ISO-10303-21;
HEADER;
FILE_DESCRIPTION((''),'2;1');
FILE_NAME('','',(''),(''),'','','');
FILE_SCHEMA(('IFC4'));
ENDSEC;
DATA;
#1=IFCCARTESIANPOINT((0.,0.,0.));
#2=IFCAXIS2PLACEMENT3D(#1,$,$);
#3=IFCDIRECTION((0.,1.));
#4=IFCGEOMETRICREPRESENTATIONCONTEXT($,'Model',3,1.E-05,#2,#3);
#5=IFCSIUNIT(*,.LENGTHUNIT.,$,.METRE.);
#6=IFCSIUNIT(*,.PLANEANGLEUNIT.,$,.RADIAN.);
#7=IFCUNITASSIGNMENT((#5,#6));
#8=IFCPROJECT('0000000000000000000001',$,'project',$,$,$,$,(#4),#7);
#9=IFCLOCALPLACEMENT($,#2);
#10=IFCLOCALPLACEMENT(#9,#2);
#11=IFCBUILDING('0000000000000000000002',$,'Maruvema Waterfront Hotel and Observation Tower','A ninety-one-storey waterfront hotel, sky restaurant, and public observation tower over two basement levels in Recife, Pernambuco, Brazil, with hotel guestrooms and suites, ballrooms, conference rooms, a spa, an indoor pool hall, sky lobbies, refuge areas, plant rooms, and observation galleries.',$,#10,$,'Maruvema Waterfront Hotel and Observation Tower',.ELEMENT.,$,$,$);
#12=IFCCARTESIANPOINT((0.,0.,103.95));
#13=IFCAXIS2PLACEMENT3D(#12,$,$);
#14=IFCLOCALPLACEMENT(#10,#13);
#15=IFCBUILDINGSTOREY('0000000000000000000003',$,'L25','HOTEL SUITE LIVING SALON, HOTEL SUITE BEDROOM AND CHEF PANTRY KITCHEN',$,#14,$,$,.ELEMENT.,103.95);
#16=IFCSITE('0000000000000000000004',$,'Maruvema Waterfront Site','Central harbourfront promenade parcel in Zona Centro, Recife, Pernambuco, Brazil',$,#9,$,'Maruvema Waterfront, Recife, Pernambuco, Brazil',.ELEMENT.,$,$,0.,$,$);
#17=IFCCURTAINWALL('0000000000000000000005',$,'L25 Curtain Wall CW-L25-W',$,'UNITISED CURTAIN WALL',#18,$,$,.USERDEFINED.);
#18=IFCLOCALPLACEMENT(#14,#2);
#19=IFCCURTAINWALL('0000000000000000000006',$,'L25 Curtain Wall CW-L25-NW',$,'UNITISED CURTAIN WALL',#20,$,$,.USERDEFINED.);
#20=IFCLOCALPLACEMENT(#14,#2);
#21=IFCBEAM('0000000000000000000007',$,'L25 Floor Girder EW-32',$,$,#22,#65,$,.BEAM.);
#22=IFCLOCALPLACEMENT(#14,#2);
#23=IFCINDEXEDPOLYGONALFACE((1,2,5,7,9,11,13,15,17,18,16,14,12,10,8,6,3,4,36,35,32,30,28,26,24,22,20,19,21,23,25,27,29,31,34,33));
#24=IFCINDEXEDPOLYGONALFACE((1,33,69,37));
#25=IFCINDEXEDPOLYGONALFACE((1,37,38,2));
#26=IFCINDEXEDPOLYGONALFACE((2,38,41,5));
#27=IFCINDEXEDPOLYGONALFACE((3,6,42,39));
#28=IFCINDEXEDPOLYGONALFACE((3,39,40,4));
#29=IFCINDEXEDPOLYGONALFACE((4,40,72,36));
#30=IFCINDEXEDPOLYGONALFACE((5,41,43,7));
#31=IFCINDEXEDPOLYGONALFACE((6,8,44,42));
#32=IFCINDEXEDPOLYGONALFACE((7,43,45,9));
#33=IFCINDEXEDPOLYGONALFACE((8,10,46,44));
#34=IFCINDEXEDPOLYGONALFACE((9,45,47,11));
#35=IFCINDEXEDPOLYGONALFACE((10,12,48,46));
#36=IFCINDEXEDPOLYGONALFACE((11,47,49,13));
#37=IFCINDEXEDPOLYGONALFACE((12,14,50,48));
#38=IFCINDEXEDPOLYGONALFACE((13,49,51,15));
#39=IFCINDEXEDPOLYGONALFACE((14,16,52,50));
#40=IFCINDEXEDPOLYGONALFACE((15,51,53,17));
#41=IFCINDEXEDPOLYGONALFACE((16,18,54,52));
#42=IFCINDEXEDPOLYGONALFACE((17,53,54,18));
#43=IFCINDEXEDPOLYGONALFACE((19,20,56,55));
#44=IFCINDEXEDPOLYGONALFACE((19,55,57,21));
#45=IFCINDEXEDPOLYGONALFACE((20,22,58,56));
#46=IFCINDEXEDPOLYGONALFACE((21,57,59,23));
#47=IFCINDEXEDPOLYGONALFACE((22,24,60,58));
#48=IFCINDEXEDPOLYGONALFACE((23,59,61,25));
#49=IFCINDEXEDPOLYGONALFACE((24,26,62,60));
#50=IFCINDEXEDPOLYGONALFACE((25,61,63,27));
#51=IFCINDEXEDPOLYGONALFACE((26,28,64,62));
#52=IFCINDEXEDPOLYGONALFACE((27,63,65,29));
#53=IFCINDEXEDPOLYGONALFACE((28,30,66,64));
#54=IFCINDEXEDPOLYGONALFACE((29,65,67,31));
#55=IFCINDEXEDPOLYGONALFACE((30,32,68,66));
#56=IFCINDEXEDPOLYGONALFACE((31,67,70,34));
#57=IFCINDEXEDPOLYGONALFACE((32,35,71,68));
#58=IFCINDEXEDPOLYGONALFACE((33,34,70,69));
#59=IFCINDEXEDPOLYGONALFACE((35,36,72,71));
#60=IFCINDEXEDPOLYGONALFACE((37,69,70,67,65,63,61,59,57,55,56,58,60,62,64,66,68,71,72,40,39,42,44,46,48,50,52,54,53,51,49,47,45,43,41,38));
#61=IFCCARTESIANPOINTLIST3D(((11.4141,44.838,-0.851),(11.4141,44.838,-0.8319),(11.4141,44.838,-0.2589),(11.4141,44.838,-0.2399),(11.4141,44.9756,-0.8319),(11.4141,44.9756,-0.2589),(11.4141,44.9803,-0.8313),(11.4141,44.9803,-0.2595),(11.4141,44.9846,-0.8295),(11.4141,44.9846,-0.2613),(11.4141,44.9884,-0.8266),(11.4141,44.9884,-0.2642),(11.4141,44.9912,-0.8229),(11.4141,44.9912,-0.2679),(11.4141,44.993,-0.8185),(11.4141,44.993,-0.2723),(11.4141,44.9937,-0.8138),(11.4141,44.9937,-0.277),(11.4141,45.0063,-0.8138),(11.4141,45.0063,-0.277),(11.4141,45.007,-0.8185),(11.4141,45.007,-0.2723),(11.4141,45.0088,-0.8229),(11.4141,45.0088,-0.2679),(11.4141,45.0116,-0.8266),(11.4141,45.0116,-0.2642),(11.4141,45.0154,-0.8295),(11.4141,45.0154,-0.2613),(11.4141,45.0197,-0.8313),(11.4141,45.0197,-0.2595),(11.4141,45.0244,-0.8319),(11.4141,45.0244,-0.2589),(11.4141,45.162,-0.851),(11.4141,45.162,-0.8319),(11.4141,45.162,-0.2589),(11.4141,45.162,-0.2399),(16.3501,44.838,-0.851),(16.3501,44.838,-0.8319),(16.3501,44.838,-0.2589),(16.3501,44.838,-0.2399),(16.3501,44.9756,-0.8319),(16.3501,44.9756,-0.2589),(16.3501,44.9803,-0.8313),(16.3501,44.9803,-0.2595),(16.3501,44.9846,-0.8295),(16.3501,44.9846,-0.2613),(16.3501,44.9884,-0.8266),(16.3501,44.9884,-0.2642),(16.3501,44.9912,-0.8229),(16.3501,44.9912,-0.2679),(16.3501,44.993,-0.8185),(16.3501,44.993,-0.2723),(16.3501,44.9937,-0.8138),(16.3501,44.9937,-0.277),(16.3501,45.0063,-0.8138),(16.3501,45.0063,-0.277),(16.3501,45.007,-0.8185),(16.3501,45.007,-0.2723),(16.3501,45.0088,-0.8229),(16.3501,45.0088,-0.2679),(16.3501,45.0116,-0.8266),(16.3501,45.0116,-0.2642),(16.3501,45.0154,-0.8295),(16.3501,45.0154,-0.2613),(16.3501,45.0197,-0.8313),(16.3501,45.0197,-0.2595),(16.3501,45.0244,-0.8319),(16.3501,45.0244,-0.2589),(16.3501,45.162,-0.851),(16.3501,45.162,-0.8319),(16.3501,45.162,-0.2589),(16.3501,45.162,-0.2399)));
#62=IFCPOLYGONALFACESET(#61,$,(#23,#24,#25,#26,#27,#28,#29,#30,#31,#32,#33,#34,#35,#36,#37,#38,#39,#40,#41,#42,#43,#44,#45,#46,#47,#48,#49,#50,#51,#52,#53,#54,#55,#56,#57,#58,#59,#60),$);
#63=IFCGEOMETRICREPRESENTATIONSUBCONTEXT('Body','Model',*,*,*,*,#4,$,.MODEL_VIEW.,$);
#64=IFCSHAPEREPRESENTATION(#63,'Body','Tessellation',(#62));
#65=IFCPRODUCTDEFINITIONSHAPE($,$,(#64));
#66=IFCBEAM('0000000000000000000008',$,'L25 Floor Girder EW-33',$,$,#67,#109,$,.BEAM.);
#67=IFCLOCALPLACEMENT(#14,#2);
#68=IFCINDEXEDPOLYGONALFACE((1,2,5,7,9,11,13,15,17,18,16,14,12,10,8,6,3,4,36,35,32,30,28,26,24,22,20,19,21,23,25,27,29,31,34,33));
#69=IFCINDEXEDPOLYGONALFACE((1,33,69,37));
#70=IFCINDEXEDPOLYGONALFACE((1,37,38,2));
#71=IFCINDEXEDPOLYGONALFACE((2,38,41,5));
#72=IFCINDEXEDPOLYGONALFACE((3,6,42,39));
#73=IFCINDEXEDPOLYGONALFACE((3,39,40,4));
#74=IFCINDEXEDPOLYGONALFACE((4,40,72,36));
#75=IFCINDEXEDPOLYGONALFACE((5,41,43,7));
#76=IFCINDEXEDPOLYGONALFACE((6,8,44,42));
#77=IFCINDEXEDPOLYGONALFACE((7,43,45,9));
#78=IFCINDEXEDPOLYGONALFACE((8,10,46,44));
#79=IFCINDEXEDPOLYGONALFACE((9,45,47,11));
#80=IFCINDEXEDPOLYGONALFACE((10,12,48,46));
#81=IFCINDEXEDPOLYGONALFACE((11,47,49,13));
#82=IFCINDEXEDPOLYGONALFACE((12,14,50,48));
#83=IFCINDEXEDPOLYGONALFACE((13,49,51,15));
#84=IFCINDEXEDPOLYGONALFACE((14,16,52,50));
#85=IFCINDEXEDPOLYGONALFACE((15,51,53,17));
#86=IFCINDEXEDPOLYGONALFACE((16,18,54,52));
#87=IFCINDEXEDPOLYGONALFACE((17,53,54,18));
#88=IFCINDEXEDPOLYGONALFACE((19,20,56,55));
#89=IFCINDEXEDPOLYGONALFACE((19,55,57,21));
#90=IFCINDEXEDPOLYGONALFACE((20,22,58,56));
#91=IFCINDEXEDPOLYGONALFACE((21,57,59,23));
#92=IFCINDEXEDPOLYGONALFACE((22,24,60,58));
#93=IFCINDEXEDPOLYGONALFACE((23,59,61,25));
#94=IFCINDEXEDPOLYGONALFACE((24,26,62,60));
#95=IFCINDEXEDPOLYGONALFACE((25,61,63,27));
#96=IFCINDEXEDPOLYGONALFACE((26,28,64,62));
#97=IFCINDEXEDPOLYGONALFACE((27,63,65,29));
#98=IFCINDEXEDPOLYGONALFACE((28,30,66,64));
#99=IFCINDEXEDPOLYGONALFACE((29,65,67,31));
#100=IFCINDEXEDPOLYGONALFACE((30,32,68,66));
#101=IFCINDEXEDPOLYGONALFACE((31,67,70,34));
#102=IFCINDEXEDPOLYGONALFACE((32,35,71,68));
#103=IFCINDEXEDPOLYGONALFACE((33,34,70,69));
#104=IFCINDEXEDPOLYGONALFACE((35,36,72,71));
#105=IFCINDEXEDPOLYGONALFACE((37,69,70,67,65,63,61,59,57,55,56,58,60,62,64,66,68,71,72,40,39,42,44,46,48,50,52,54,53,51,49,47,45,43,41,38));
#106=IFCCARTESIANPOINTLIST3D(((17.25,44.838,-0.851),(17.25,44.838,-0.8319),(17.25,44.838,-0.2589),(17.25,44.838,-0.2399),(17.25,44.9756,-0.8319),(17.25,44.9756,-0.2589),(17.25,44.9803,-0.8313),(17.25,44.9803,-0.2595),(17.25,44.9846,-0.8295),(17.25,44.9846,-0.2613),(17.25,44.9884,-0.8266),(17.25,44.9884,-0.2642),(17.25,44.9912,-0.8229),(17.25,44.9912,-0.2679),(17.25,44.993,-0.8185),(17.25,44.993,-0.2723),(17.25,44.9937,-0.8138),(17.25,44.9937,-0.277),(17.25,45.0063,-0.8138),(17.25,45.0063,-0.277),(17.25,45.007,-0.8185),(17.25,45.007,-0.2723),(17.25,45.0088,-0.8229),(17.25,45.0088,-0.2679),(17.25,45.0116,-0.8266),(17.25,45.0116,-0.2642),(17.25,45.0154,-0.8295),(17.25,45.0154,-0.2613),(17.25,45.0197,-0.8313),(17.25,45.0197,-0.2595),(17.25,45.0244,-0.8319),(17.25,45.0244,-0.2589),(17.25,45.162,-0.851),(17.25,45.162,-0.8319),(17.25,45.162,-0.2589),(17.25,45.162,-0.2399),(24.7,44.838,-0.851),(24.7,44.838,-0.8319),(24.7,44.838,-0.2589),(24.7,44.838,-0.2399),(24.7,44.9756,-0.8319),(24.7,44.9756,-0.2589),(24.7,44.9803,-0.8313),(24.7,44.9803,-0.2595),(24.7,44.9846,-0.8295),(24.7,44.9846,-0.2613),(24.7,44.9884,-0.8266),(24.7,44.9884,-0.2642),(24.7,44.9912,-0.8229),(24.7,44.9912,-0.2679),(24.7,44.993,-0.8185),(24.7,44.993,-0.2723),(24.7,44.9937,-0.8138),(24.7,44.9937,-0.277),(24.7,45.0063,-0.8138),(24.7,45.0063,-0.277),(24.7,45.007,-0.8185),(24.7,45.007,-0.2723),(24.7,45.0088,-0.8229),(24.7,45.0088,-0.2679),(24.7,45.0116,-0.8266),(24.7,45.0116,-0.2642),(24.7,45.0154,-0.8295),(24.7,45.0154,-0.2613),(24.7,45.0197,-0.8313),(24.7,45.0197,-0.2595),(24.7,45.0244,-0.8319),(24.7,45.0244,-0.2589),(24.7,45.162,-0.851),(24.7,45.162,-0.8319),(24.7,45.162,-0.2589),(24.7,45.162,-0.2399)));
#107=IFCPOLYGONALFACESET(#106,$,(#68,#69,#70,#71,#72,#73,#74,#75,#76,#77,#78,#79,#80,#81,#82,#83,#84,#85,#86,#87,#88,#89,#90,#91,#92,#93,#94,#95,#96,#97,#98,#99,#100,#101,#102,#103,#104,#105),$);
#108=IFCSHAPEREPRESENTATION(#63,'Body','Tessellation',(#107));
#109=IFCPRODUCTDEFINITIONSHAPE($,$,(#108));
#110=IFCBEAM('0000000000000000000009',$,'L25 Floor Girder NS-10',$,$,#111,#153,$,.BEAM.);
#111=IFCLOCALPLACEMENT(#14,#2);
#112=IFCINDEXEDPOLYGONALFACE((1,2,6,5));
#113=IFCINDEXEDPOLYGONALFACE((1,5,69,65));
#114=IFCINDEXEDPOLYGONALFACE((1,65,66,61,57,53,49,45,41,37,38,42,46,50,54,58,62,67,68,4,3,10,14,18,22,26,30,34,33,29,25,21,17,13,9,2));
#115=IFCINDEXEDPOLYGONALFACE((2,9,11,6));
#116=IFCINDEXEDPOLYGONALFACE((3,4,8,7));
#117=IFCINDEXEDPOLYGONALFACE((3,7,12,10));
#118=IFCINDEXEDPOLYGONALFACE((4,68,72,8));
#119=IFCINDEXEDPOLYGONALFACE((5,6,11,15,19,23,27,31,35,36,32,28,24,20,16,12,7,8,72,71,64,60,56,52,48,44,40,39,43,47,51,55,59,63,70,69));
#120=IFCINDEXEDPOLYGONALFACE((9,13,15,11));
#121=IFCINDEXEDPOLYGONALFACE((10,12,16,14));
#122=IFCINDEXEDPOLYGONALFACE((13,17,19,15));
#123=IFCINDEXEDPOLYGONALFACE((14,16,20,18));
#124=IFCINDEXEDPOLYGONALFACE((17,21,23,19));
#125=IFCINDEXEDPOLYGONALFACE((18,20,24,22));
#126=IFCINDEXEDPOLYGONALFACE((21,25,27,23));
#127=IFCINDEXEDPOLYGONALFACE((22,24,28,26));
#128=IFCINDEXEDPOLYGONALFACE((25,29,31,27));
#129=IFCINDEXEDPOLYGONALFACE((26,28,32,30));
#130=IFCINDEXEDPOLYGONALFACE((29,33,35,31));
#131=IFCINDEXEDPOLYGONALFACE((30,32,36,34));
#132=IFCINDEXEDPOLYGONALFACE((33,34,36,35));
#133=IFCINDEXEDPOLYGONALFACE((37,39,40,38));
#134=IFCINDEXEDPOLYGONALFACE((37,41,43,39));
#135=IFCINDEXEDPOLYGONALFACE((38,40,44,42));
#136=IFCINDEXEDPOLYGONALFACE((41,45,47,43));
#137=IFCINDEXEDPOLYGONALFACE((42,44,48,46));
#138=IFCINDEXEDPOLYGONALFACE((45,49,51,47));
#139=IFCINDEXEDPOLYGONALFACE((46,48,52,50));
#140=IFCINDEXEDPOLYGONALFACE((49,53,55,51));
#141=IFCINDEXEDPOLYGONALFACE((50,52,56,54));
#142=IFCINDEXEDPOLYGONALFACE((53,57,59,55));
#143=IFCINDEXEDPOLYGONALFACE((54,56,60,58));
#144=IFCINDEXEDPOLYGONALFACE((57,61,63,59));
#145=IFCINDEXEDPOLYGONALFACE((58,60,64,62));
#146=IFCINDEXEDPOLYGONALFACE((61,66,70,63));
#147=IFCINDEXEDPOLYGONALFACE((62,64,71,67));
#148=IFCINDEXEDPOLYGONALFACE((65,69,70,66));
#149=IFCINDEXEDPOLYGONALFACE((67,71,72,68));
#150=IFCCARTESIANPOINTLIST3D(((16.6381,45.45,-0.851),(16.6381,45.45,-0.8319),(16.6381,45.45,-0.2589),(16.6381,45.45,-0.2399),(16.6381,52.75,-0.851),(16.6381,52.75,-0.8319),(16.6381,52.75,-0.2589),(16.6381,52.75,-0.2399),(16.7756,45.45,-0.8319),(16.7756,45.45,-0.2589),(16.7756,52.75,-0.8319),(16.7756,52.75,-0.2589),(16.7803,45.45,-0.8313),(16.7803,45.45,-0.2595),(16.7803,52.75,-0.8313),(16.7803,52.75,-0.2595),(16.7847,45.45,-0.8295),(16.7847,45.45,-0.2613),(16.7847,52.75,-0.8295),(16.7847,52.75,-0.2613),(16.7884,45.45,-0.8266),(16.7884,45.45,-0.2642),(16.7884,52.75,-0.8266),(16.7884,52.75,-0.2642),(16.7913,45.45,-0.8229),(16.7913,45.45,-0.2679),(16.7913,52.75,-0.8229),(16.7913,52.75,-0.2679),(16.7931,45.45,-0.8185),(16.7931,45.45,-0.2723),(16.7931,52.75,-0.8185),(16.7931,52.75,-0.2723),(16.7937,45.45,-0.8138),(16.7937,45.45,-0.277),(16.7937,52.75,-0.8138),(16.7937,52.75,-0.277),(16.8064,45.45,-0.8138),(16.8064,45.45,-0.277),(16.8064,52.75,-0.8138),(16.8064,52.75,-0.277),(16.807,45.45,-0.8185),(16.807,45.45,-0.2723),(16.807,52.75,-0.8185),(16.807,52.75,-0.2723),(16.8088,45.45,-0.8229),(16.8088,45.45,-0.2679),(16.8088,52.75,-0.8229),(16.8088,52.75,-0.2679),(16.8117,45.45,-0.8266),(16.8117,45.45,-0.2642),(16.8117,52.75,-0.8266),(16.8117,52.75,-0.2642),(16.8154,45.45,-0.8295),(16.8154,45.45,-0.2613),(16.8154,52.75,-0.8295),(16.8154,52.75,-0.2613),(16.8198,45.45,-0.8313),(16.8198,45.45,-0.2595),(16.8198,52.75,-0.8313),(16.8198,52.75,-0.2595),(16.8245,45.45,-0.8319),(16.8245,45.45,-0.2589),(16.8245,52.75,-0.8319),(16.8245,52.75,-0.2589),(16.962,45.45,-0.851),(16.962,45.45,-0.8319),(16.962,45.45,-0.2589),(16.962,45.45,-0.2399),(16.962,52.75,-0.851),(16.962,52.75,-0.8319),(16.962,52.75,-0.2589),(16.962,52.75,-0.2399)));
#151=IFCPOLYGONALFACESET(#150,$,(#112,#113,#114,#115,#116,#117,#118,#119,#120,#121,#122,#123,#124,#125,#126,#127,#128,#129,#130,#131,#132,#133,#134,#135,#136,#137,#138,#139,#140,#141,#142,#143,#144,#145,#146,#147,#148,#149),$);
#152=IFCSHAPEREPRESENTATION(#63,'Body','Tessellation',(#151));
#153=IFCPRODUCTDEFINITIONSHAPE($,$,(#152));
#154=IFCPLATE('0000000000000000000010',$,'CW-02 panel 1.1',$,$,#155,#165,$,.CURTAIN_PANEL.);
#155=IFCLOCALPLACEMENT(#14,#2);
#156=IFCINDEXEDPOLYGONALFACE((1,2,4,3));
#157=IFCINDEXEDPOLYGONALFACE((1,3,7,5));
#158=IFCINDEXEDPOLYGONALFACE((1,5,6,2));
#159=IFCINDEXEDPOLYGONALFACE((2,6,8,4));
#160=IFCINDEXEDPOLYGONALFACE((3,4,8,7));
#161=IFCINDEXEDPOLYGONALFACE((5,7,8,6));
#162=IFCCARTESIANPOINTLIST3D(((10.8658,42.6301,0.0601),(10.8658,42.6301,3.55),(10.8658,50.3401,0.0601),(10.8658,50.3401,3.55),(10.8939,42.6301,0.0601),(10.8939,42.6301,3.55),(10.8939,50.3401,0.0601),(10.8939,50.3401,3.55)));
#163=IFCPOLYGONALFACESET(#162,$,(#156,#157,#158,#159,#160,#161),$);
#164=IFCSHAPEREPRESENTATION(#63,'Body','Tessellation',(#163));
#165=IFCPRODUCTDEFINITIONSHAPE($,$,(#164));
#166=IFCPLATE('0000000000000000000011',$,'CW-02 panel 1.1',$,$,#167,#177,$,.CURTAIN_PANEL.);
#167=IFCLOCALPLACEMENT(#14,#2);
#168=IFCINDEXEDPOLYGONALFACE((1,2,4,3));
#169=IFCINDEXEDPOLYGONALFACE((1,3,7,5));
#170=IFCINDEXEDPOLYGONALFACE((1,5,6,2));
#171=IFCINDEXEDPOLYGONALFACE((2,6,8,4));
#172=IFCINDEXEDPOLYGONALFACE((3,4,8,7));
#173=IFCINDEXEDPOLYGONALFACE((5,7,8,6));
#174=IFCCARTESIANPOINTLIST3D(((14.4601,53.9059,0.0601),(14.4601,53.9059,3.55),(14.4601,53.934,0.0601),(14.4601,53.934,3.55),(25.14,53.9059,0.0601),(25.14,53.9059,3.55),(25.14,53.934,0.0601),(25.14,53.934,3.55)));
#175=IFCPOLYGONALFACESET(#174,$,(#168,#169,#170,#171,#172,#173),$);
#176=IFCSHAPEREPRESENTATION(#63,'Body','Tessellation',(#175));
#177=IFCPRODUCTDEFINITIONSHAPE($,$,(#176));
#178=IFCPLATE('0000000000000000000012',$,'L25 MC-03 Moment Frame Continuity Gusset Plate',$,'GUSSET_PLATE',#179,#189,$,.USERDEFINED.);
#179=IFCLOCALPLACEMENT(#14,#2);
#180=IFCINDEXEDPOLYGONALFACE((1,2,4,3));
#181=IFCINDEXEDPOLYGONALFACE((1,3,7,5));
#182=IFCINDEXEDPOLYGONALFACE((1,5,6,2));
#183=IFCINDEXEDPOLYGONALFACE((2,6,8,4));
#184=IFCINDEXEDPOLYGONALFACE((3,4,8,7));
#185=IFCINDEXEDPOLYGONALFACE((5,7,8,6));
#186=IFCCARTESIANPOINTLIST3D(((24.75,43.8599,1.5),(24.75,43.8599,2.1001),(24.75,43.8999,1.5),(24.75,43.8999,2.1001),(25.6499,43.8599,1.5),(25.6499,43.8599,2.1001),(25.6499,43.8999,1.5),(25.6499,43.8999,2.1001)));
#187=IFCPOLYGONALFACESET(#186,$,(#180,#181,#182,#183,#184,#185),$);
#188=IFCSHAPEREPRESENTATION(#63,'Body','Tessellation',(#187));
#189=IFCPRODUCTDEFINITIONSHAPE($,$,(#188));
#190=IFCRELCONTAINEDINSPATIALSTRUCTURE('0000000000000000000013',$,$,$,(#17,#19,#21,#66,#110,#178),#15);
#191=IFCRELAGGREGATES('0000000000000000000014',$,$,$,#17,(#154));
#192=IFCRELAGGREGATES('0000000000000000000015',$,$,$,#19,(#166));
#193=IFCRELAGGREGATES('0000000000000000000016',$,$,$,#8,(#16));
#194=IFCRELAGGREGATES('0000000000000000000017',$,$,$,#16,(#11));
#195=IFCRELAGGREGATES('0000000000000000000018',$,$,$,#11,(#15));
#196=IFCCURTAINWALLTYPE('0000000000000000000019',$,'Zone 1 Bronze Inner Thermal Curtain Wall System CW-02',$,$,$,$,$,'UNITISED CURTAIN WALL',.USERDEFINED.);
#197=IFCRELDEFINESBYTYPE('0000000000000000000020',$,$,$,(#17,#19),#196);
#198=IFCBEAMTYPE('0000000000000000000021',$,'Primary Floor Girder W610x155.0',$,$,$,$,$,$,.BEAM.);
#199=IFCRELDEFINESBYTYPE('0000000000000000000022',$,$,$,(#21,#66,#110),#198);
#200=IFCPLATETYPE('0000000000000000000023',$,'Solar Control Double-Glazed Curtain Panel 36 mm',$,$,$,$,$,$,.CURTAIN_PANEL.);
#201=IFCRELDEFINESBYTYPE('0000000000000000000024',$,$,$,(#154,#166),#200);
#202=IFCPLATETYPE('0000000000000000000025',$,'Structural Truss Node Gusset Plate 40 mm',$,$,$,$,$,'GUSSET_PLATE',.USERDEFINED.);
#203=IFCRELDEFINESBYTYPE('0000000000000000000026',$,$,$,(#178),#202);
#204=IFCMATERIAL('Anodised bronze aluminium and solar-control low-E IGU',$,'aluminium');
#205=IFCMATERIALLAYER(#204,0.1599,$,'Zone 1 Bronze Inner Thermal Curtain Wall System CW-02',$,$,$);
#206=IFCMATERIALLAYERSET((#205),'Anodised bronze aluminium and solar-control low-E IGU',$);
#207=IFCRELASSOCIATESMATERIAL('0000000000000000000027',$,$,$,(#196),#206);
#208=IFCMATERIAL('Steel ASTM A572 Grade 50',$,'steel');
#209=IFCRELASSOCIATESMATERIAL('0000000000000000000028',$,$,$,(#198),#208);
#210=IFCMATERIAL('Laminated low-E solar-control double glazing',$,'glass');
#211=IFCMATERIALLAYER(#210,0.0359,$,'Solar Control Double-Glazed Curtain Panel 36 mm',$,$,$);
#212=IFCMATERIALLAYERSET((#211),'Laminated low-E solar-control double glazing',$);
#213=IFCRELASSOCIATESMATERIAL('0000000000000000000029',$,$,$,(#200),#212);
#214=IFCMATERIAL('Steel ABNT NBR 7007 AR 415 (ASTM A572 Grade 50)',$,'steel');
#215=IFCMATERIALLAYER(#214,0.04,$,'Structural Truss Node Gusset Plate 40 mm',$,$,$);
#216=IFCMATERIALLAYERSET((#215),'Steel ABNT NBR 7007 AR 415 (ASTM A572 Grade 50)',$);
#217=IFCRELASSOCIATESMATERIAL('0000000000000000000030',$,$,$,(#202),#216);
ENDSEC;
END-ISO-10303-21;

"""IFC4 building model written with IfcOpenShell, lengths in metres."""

from ifc_helpers import new_model, si_unit, direction, frame, origin, origin_2d, place, context, subcontext, project, spatial, rectangle, i_section, extrude, material, layer, layer_set, material_profile, profile_set, type_object, element, aggregate, save


model = new_model("IFC4")

# Units and contexts
model_context = context("Model", 3, precision=1e-05, world=origin(), true_north=direction((0.0, 1.0)))
body_context = subcontext(model_context, "Body", "Model", "MODEL_VIEW")
ifc_project = project(units=[si_unit("LENGTHUNIT", "METRE"), si_unit("PLANEANGLEUNIT", "RADIAN")], contexts=[model_context])

# Site, building, storey
site_placement = place(None, origin())
site = spatial("IfcSite", under=ifc_project, at=site_placement, Name="Maruvema Waterfront Site", Description="Central harbourfront promenade parcel in Zona Centro, Recife, Pernambuco, Brazil", LongName="Maruvema Waterfront, Recife, Pernambuco, Brazil", CompositionType="ELEMENT", RefElevation=0.0)
building_placement = place(site_placement, origin())
building = spatial("IfcBuilding", under=site, at=building_placement, Name="Maruvema Waterfront Hotel and Observation Tower", Description="A ninety-one-storey waterfront hotel, sky restaurant, and public observation tower over two basement levels in Recife, Pernambuco, Brazil, with hotel guestrooms and suites, ballrooms, conference rooms, a spa, an indoor pool hall, sky lobbies, refuge areas, plant rooms, and observation galleries.", LongName="Maruvema Waterfront Hotel and Observation Tower", CompositionType="ELEMENT")
storey_placement = place(building_placement, frame((0.0, 0.0, 103.95)))
storey = spatial("IfcBuildingStorey", under=building, at=storey_placement, Name="L25", Description="HOTEL SUITE LIVING SALON, HOTEL SUITE BEDROOM AND CHEF PANTRY KITCHEN", CompositionType="ELEMENT", Elevation=103.95)

# Curtain walls
ifc_material_1 = material(Name="Anodised bronze aluminium and solar-control low-E IGU", Category="aluminium")
ifc_layer_1 = layer(ifc_material_1, 0.1599, Name="Zone 1 Bronze Inner Thermal Curtain Wall System CW-02")
ifc_layer_set_1 = layer_set([ifc_layer_1], Name="Anodised bronze aluminium and solar-control low-E IGU")
curtain_wall_type = type_object("IfcCurtainWallType", Name="Zone 1 Bronze Inner Thermal Curtain Wall System CW-02", ElementType="UNITISED CURTAIN WALL", PredefinedType="USERDEFINED", material=ifc_layer_set_1)
curtain_wall_1_placement = place(storey_placement, origin())
curtain_wall_1 = element("IfcCurtainWall", 1, at=curtain_wall_1_placement, inside=storey, type_object=curtain_wall_type, Name="L25 Curtain Wall CW-L25-W", ObjectType="UNITISED CURTAIN WALL", PredefinedType="USERDEFINED")
curtain_wall_2_placement = place(storey_placement, origin())
curtain_wall_2 = element("IfcCurtainWall", 2, at=curtain_wall_2_placement, inside=storey, type_object=curtain_wall_type, Name="L25 Curtain Wall CW-L25-NW", ObjectType="UNITISED CURTAIN WALL", PredefinedType="USERDEFINED")

# Beams
ifc_material_2 = material(Name="Steel ASTM A572 Grade 50", Category="steel")
ifc_material_profile_1 = material_profile(ifc_material_2, i_section(OverallWidth=0.324, OverallDepth=0.6111, WebThickness=0.0127, FlangeThickness=0.019, FilletRadius=0.0181, at=origin_2d()), Name="W610x155.0")
ifc_profile_set_1 = profile_set([ifc_material_profile_1], Name="Steel ASTM A572 Grade 50")
beam_type = type_object("IfcBeamType", Name="Primary Floor Girder W610x155.0", PredefinedType="BEAM", material=ifc_profile_set_1)
beam_1_placement = place(storey_placement, frame((11.4141, 45.0, -0.5454), z_axis=(1.0, 0.0, 0.0), x_axis=(0.0, 1.0, 0.0)))
element("IfcBeam", 3, at=beam_1_placement, inside=storey, type_object=beam_type, Name="L25 Floor Girder EW-32", PredefinedType="BEAM", context=body_context, shape_type="SweptSolid", body=[
    extrude(i_section(OverallWidth=0.324, OverallDepth=0.6111, WebThickness=0.0127, FlangeThickness=0.019, FilletRadius=0.0181, at=origin_2d()), origin(), (0.0, 0.0, 1.0), 4.936),
])
beam_2_placement = place(storey_placement, frame((17.25, 45.0, -0.5454), z_axis=(1.0, 0.0, 0.0), x_axis=(0.0, 1.0, 0.0)))
element("IfcBeam", 4, at=beam_2_placement, inside=storey, type_object=beam_type, Name="L25 Floor Girder EW-33", PredefinedType="BEAM", context=body_context, shape_type="SweptSolid", body=[
    extrude(i_section(OverallWidth=0.324, OverallDepth=0.6111, WebThickness=0.0127, FlangeThickness=0.019, FilletRadius=0.0181, at=origin_2d()), origin(), (0.0, 0.0, 1.0), 7.45),
])
beam_3_placement = place(storey_placement, frame((16.8, 45.45, -0.5454), z_axis=(0.0, 1.0, 0.0), x_axis=(-1.0, 0.0, 0.0)))
element("IfcBeam", 5, at=beam_3_placement, inside=storey, type_object=beam_type, Name="L25 Floor Girder NS-10", PredefinedType="BEAM", context=body_context, shape_type="SweptSolid", body=[
    extrude(i_section(OverallWidth=0.324, OverallDepth=0.6111, WebThickness=0.0127, FlangeThickness=0.019, FilletRadius=0.0181, at=origin_2d()), origin(), (0.0, 0.0, 1.0), 7.3),
])

# Plates
ifc_material_3 = material(Name="Laminated low-E solar-control double glazing", Category="glass")
ifc_layer_2 = layer(ifc_material_3, 0.0359, Name="Solar Control Double-Glazed Curtain Panel 36 mm")
ifc_layer_set_2 = layer_set([ifc_layer_2], Name="Laminated low-E solar-control double glazing")
plate_type_1 = type_object("IfcPlateType", Name="Solar Control Double-Glazed Curtain Panel 36 mm", PredefinedType="CURTAIN_PANEL", material=ifc_layer_set_2)
plate_1_placement = place(storey_placement, frame((10.8799, 46.4851, 0.0601), z_axis=(0.0, 0.0, 1.0), x_axis=(0.0, -1.0, 0.0)))
plate_1 = element("IfcPlate", 6, at=plate_1_placement, type_object=plate_type_1, Name="CW-02 panel 1.1", PredefinedType="CURTAIN_PANEL", context=body_context, shape_type="SweptSolid", body=[
    extrude(rectangle(XDim=7.71, YDim=0.0281, at=origin_2d()), origin(), (0.0, 0.0, 1.0), 3.49),
])
aggregate(curtain_wall_1, [plate_1])
plate_2_placement = place(storey_placement, frame((19.8, 53.9199, 0.0601), z_axis=(0.0, 0.0, 1.0), x_axis=(-1.0, 0.0, 0.0)))
plate_2 = element("IfcPlate", 7, at=plate_2_placement, type_object=plate_type_1, Name="CW-02 panel 1.1", PredefinedType="CURTAIN_PANEL", context=body_context, shape_type="SweptSolid", body=[
    extrude(rectangle(XDim=10.6799, YDim=0.0281, at=origin_2d()), origin(), (0.0, 0.0, 1.0), 3.49),
])
aggregate(curtain_wall_2, [plate_2])
ifc_material_4 = material(Name="Steel ABNT NBR 7007 AR 415 (ASTM A572 Grade 50)", Category="steel")
ifc_layer_3 = layer(ifc_material_4, 0.04, Name="Structural Truss Node Gusset Plate 40 mm")
ifc_layer_set_3 = layer_set([ifc_layer_3], Name="Steel ABNT NBR 7007 AR 415 (ASTM A572 Grade 50)")
plate_type_2 = type_object("IfcPlateType", Name="Structural Truss Node Gusset Plate 40 mm", ElementType="GUSSET_PLATE", PredefinedType="USERDEFINED", material=ifc_layer_set_3)
plate_3_placement = place(storey_placement, frame((25.2, 43.8799, 1.5), z_axis=(0.0, 0.0, 1.0), x_axis=(1.0, 0.0, 0.0)))
element("IfcPlate", 8, at=plate_3_placement, inside=storey, type_object=plate_type_2, Name="L25 MC-03 Moment Frame Continuity Gusset Plate", ObjectType="GUSSET_PLATE", PredefinedType="USERDEFINED", context=body_context, shape_type="SweptSolid", body=[
    extrude(rectangle(XDim=0.8999, YDim=0.04, at=origin_2d()), origin(), (0.0, 0.0, 1.0), 0.6001),
])

save(model, "model.ifc")
